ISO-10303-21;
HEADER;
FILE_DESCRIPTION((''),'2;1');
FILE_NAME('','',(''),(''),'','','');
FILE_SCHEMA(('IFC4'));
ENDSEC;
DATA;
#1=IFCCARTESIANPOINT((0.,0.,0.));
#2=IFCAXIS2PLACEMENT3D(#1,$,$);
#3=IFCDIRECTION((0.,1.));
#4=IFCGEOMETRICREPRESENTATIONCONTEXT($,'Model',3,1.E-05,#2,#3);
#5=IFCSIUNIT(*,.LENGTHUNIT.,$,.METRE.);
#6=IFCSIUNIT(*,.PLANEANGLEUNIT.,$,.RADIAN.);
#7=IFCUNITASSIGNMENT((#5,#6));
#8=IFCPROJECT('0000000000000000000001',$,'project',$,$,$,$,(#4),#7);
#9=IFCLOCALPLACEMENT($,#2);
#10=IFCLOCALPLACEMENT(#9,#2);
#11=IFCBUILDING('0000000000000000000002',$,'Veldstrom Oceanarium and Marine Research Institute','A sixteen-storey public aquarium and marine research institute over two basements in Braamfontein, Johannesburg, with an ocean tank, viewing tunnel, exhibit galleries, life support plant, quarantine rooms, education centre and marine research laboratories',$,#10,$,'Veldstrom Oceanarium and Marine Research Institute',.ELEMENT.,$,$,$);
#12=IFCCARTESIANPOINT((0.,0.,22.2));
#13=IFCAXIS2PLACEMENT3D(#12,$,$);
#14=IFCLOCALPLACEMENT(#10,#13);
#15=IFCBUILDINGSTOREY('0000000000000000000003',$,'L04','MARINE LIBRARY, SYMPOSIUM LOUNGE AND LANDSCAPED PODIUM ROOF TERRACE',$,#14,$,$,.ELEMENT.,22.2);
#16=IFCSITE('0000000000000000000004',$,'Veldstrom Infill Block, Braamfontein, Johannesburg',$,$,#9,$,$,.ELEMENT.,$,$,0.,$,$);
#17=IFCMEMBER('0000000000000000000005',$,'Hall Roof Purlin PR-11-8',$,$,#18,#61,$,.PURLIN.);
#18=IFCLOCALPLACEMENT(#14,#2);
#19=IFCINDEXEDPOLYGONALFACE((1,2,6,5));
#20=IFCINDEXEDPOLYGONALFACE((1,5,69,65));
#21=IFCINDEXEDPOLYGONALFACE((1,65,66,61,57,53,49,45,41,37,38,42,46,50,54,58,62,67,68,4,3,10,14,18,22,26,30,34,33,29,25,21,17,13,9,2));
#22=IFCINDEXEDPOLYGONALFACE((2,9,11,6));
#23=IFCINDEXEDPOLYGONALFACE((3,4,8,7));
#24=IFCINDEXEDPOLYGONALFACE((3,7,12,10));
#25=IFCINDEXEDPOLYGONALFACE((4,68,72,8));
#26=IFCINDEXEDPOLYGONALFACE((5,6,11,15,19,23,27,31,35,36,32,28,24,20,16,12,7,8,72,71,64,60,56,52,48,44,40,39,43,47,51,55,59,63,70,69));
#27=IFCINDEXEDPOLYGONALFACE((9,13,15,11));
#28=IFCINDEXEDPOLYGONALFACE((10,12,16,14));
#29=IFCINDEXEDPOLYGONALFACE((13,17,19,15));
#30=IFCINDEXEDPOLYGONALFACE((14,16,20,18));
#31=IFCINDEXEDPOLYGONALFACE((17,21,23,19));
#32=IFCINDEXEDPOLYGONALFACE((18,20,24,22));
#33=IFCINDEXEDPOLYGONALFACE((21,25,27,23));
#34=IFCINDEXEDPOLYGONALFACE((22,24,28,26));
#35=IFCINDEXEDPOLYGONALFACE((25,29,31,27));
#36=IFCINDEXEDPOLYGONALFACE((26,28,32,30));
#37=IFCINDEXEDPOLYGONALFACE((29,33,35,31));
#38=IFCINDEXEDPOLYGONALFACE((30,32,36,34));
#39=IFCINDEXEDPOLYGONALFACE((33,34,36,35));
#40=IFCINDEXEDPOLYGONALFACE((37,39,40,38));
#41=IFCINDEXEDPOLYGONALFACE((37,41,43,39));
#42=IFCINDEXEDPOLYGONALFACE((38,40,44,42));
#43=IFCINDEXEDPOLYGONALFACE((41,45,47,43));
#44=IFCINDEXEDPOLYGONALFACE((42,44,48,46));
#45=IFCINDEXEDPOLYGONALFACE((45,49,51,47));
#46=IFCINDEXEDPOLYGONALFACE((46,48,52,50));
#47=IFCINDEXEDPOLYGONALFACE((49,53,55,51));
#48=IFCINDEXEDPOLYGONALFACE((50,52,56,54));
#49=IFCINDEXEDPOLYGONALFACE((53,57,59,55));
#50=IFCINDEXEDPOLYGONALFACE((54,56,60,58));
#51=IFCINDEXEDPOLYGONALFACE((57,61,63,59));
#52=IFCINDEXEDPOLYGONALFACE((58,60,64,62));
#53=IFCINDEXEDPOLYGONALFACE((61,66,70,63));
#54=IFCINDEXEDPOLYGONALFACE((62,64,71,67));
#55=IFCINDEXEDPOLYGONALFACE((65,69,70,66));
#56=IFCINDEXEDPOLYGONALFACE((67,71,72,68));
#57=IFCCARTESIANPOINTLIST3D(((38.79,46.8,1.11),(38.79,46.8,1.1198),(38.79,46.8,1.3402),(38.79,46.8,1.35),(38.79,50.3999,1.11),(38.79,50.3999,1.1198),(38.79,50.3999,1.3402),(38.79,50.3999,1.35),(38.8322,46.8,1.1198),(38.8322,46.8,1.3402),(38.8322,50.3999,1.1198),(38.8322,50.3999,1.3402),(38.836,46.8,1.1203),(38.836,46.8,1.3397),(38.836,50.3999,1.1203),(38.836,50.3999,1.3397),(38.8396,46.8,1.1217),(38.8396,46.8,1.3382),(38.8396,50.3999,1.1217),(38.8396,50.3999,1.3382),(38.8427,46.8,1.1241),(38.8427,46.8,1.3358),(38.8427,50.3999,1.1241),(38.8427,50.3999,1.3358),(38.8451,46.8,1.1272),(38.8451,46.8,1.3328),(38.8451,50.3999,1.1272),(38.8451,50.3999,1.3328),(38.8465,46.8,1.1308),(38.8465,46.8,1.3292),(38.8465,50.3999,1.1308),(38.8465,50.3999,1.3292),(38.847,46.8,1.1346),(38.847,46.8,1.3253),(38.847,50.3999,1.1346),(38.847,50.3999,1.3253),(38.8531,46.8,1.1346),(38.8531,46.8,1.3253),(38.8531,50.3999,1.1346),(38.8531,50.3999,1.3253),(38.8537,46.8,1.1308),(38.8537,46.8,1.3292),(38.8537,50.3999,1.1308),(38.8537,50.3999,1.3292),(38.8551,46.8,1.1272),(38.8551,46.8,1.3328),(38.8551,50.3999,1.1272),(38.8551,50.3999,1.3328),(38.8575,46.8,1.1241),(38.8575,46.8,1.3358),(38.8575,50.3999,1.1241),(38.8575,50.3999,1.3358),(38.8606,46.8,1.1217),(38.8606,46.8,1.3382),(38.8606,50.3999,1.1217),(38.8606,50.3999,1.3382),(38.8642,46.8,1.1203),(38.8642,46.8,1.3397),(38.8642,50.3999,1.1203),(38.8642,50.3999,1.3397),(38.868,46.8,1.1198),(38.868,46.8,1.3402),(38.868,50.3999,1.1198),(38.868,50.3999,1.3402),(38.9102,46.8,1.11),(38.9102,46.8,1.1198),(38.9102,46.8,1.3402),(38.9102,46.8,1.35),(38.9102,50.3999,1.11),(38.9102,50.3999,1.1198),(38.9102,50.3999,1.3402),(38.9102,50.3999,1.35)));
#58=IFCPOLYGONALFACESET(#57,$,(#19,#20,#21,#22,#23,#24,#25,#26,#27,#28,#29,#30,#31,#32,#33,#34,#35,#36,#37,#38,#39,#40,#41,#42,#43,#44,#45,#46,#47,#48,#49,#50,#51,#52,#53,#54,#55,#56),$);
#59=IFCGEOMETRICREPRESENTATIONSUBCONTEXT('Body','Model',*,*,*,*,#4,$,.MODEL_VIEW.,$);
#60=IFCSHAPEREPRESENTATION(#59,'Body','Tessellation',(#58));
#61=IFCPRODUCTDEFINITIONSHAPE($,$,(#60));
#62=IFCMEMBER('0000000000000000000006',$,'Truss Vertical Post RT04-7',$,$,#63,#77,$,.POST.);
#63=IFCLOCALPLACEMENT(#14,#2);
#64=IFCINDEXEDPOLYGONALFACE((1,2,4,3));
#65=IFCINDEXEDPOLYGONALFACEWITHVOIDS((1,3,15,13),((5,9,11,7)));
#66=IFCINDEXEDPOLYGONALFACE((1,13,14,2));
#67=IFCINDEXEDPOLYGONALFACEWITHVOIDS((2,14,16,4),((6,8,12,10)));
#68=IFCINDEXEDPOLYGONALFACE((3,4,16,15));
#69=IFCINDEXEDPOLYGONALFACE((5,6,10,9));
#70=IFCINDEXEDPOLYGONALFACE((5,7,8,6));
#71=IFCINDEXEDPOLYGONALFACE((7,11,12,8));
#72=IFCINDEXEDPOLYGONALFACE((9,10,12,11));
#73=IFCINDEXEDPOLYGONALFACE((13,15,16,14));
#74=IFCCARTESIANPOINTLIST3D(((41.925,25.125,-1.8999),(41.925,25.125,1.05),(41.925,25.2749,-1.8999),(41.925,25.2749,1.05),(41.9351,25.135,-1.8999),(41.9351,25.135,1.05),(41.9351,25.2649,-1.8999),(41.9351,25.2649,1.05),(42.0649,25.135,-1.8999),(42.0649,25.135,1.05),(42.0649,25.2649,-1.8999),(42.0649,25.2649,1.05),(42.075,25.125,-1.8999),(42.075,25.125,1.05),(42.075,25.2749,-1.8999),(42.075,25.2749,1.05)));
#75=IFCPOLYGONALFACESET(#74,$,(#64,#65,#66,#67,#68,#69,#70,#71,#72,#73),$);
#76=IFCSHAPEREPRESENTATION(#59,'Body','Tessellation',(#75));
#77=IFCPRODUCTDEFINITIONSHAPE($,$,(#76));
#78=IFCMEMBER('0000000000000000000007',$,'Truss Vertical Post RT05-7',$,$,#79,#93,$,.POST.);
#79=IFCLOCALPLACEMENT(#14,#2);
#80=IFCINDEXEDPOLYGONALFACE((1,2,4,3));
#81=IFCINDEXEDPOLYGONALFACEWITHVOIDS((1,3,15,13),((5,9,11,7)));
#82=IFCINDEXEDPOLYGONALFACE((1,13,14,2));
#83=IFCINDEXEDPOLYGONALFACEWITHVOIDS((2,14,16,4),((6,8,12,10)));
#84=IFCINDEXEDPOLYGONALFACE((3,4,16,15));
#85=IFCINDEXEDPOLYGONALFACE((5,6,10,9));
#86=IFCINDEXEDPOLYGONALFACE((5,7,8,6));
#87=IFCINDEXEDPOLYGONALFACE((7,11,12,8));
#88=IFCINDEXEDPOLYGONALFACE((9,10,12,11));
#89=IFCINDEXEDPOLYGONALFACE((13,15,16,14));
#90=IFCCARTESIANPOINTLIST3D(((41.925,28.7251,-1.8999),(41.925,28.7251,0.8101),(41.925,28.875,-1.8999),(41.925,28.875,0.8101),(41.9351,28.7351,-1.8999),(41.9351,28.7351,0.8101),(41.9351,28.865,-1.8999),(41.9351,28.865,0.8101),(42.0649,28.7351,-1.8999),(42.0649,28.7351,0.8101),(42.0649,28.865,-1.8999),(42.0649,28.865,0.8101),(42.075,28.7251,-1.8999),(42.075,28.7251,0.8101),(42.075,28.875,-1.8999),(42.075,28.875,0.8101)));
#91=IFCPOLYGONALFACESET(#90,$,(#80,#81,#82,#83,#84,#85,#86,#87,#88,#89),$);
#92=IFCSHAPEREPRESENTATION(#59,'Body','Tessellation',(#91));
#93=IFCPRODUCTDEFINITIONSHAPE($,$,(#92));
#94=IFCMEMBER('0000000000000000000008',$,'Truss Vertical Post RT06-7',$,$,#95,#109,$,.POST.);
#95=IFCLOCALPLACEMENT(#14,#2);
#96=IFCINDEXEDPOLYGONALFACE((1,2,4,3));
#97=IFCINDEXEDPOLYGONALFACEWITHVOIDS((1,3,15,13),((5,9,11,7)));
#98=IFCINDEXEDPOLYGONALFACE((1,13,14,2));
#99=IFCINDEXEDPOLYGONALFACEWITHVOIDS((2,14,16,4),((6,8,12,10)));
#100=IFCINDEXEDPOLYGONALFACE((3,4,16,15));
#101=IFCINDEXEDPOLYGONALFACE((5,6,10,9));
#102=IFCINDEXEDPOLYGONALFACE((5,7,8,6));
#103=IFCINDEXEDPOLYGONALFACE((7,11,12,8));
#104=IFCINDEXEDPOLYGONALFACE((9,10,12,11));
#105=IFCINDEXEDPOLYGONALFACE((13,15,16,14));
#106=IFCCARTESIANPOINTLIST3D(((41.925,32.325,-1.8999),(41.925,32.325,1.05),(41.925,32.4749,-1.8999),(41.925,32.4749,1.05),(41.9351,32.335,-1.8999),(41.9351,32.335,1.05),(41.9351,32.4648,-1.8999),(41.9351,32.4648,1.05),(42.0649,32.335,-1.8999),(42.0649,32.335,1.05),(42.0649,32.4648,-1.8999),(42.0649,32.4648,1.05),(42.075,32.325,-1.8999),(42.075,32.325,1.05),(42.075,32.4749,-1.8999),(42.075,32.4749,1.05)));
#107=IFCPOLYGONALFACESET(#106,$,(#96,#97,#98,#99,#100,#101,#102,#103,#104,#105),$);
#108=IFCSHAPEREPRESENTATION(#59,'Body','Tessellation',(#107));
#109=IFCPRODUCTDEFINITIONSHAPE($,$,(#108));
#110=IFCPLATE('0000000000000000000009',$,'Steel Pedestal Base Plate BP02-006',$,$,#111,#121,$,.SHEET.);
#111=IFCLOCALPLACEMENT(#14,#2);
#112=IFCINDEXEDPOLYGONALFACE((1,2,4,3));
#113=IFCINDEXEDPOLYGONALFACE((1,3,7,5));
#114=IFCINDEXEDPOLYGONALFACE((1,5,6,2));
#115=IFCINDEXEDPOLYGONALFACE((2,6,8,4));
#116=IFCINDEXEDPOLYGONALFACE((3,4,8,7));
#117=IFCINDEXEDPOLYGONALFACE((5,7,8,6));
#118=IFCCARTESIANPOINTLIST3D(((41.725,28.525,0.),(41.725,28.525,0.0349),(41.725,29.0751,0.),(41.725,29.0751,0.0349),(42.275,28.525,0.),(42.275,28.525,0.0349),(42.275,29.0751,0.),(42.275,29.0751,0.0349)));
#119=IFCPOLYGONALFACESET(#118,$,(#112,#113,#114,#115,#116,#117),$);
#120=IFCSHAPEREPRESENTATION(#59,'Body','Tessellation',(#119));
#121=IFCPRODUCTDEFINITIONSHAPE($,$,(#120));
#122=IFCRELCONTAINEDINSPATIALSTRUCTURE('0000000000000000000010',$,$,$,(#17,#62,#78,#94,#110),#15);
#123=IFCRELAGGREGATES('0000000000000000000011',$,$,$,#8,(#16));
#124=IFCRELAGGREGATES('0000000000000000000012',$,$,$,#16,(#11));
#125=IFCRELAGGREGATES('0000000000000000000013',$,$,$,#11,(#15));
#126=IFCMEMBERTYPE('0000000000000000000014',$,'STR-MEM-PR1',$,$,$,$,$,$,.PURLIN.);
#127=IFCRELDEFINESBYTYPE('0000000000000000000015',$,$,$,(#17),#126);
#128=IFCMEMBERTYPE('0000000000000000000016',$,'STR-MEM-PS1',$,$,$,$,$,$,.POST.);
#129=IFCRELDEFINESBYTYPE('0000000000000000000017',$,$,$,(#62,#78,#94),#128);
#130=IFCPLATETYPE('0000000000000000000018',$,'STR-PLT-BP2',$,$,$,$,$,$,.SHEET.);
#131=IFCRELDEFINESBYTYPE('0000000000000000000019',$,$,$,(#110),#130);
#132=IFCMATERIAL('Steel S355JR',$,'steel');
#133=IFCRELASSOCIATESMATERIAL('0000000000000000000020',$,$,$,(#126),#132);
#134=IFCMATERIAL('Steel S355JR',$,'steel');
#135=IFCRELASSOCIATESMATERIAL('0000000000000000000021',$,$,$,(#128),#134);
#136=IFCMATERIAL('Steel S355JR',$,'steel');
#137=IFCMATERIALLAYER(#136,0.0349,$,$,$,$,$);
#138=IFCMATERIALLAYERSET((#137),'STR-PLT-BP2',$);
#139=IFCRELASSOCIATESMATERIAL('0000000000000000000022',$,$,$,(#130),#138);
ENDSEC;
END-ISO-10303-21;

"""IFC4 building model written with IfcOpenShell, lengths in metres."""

from ifc_helpers import new_model, si_unit, direction, frame, origin, origin_2d, place, context, subcontext, project, spatial, rectangle, hollow_rectangle, i_section, extrude, material, layer, layer_set, material_profile, profile_set, type_object, element, save


model = new_model("IFC4")

# Units and contexts
model_context = context("Model", 3, precision=1e-05, world=origin(), true_north=direction((0.0, 1.0)))
body_context = subcontext(model_context, "Body", "Model", "MODEL_VIEW")
ifc_project = project(units=[si_unit("LENGTHUNIT", "METRE"), si_unit("PLANEANGLEUNIT", "RADIAN")], contexts=[model_context])

# Site, building, storey
site_placement = place(None, origin())
site = spatial("IfcSite", under=ifc_project, at=site_placement, Name="Veldstrom Infill Block, Braamfontein, Johannesburg", CompositionType="ELEMENT", RefElevation=0.0)
building_placement = place(site_placement, origin())
building = spatial("IfcBuilding", under=site, at=building_placement, Name="Veldstrom Oceanarium and Marine Research Institute", Description="A sixteen-storey public aquarium and marine research institute over two basements in Braamfontein, Johannesburg, with an ocean tank, viewing tunnel, exhibit galleries, life support plant, quarantine rooms, education centre and marine research laboratories", LongName="Veldstrom Oceanarium and Marine Research Institute", CompositionType="ELEMENT")
storey_placement = place(building_placement, frame((0.0, 0.0, 22.2)))
storey = spatial("IfcBuildingStorey", under=building, at=storey_placement, Name="L04", Description="MARINE LIBRARY, SYMPOSIUM LOUNGE AND LANDSCAPED PODIUM ROOF TERRACE", CompositionType="ELEMENT", Elevation=22.2)

# Members
ifc_material_1 = material(Name="Steel S355JR", Category="steel")
ifc_material_profile_1 = material_profile(ifc_material_1, i_section(OverallWidth=0.1201, OverallDepth=0.24, WebThickness=0.0061, FlangeThickness=0.0098, FilletRadius=0.0149, at=origin_2d()), Name="IPE 240")
ifc_profile_set_1 = profile_set([ifc_material_profile_1], Name="Steel S355JR")
member_type_1 = type_object("IfcMemberType", Name="STR-MEM-PR1", PredefinedType="PURLIN", material=ifc_profile_set_1)
member_1_placement = place(storey_placement, frame((38.8501, 46.8, 1.23), z_axis=(0.0, 1.0, 0.0), x_axis=(-1.0, 0.0, 0.0)))
element("IfcMember", 1, at=member_1_placement, inside=storey, type_object=member_type_1, Name="Hall Roof Purlin PR-11-8", PredefinedType="PURLIN", context=body_context, shape_type="SweptSolid", body=[
    extrude(i_section(OverallWidth=0.1201, OverallDepth=0.24, WebThickness=0.0061, FlangeThickness=0.0098, FilletRadius=0.0149, at=origin_2d()), origin(), (0.0, 0.0, 1.0), 3.5999),
])
ifc_material_2 = material(Name="Steel S355JR", Category="steel")
ifc_material_profile_2 = material_profile(ifc_material_2, hollow_rectangle(XDim=0.1499, YDim=0.1499, WallThickness=0.01, at=origin_2d()), Name="SHS 150x150x10")
ifc_profile_set_2 = profile_set([ifc_material_profile_2], Name="Steel S355JR")
member_type_2 = type_object("IfcMemberType", Name="STR-MEM-PS1", PredefinedType="POST", material=ifc_profile_set_2)
member_2_placement = place(storey_placement, frame((42.0, 25.2, -1.8999), z_axis=(0.0, 0.0, 1.0), x_axis=(1.0, 0.0, 0.0)))
element("IfcMember", 2, at=member_2_placement, inside=storey, type_object=member_type_2, Name="Truss Vertical Post RT04-7", PredefinedType="POST", context=body_context, shape_type="SweptSolid", body=[
    extrude(hollow_rectangle(XDim=0.1499, YDim=0.1499, WallThickness=0.01, at=origin_2d()), origin(), (0.0, 0.0, 1.0), 2.95),
])
member_3_placement = place(storey_placement, frame((42.0, 28.8, -1.8999), z_axis=(0.0, 0.0, 1.0), x_axis=(1.0, 0.0, 0.0)))
element("IfcMember", 3, at=member_3_placement, inside=storey, type_object=member_type_2, Name="Truss Vertical Post RT05-7", PredefinedType="POST", context=body_context, shape_type="SweptSolid", body=[
    extrude(hollow_rectangle(XDim=0.1499, YDim=0.1499, WallThickness=0.01, at=origin_2d()), origin(), (0.0, 0.0, 1.0), 2.71),
])
member_4_placement = place(storey_placement, frame((42.0, 32.3999, -1.8999), z_axis=(0.0, 0.0, 1.0), x_axis=(1.0, 0.0, 0.0)))
element("IfcMember", 4, at=member_4_placement, inside=storey, type_object=member_type_2, Name="Truss Vertical Post RT06-7", PredefinedType="POST", context=body_context, shape_type="SweptSolid", body=[
    extrude(hollow_rectangle(XDim=0.1499, YDim=0.1499, WallThickness=0.01, at=origin_2d()), origin(), (0.0, 0.0, 1.0), 2.95),
])

# Plate
ifc_material_3 = material(Name="Steel S355JR", Category="steel")
ifc_layer = layer(ifc_material_3, 0.0349)
ifc_layer_set = layer_set([ifc_layer], Name="STR-PLT-BP2")
plate_type = type_object("IfcPlateType", Name="STR-PLT-BP2", PredefinedType="SHEET", material=ifc_layer_set)
plate_placement = place(storey_placement, frame((42.0, 28.8, 0.0), z_axis=(0.0, 0.0, 1.0), x_axis=(1.0, 0.0, 0.0)))
element("IfcPlate", 5, at=plate_placement, inside=storey, type_object=plate_type, Name="Steel Pedestal Base Plate BP02-006", PredefinedType="SHEET", context=body_context, shape_type="SweptSolid", body=[
    extrude(rectangle(XDim=0.55, YDim=0.55, at=origin_2d()), origin(), (0.0, 0.0, 1.0), 0.0349),
])

save(model, "model.ifc")
